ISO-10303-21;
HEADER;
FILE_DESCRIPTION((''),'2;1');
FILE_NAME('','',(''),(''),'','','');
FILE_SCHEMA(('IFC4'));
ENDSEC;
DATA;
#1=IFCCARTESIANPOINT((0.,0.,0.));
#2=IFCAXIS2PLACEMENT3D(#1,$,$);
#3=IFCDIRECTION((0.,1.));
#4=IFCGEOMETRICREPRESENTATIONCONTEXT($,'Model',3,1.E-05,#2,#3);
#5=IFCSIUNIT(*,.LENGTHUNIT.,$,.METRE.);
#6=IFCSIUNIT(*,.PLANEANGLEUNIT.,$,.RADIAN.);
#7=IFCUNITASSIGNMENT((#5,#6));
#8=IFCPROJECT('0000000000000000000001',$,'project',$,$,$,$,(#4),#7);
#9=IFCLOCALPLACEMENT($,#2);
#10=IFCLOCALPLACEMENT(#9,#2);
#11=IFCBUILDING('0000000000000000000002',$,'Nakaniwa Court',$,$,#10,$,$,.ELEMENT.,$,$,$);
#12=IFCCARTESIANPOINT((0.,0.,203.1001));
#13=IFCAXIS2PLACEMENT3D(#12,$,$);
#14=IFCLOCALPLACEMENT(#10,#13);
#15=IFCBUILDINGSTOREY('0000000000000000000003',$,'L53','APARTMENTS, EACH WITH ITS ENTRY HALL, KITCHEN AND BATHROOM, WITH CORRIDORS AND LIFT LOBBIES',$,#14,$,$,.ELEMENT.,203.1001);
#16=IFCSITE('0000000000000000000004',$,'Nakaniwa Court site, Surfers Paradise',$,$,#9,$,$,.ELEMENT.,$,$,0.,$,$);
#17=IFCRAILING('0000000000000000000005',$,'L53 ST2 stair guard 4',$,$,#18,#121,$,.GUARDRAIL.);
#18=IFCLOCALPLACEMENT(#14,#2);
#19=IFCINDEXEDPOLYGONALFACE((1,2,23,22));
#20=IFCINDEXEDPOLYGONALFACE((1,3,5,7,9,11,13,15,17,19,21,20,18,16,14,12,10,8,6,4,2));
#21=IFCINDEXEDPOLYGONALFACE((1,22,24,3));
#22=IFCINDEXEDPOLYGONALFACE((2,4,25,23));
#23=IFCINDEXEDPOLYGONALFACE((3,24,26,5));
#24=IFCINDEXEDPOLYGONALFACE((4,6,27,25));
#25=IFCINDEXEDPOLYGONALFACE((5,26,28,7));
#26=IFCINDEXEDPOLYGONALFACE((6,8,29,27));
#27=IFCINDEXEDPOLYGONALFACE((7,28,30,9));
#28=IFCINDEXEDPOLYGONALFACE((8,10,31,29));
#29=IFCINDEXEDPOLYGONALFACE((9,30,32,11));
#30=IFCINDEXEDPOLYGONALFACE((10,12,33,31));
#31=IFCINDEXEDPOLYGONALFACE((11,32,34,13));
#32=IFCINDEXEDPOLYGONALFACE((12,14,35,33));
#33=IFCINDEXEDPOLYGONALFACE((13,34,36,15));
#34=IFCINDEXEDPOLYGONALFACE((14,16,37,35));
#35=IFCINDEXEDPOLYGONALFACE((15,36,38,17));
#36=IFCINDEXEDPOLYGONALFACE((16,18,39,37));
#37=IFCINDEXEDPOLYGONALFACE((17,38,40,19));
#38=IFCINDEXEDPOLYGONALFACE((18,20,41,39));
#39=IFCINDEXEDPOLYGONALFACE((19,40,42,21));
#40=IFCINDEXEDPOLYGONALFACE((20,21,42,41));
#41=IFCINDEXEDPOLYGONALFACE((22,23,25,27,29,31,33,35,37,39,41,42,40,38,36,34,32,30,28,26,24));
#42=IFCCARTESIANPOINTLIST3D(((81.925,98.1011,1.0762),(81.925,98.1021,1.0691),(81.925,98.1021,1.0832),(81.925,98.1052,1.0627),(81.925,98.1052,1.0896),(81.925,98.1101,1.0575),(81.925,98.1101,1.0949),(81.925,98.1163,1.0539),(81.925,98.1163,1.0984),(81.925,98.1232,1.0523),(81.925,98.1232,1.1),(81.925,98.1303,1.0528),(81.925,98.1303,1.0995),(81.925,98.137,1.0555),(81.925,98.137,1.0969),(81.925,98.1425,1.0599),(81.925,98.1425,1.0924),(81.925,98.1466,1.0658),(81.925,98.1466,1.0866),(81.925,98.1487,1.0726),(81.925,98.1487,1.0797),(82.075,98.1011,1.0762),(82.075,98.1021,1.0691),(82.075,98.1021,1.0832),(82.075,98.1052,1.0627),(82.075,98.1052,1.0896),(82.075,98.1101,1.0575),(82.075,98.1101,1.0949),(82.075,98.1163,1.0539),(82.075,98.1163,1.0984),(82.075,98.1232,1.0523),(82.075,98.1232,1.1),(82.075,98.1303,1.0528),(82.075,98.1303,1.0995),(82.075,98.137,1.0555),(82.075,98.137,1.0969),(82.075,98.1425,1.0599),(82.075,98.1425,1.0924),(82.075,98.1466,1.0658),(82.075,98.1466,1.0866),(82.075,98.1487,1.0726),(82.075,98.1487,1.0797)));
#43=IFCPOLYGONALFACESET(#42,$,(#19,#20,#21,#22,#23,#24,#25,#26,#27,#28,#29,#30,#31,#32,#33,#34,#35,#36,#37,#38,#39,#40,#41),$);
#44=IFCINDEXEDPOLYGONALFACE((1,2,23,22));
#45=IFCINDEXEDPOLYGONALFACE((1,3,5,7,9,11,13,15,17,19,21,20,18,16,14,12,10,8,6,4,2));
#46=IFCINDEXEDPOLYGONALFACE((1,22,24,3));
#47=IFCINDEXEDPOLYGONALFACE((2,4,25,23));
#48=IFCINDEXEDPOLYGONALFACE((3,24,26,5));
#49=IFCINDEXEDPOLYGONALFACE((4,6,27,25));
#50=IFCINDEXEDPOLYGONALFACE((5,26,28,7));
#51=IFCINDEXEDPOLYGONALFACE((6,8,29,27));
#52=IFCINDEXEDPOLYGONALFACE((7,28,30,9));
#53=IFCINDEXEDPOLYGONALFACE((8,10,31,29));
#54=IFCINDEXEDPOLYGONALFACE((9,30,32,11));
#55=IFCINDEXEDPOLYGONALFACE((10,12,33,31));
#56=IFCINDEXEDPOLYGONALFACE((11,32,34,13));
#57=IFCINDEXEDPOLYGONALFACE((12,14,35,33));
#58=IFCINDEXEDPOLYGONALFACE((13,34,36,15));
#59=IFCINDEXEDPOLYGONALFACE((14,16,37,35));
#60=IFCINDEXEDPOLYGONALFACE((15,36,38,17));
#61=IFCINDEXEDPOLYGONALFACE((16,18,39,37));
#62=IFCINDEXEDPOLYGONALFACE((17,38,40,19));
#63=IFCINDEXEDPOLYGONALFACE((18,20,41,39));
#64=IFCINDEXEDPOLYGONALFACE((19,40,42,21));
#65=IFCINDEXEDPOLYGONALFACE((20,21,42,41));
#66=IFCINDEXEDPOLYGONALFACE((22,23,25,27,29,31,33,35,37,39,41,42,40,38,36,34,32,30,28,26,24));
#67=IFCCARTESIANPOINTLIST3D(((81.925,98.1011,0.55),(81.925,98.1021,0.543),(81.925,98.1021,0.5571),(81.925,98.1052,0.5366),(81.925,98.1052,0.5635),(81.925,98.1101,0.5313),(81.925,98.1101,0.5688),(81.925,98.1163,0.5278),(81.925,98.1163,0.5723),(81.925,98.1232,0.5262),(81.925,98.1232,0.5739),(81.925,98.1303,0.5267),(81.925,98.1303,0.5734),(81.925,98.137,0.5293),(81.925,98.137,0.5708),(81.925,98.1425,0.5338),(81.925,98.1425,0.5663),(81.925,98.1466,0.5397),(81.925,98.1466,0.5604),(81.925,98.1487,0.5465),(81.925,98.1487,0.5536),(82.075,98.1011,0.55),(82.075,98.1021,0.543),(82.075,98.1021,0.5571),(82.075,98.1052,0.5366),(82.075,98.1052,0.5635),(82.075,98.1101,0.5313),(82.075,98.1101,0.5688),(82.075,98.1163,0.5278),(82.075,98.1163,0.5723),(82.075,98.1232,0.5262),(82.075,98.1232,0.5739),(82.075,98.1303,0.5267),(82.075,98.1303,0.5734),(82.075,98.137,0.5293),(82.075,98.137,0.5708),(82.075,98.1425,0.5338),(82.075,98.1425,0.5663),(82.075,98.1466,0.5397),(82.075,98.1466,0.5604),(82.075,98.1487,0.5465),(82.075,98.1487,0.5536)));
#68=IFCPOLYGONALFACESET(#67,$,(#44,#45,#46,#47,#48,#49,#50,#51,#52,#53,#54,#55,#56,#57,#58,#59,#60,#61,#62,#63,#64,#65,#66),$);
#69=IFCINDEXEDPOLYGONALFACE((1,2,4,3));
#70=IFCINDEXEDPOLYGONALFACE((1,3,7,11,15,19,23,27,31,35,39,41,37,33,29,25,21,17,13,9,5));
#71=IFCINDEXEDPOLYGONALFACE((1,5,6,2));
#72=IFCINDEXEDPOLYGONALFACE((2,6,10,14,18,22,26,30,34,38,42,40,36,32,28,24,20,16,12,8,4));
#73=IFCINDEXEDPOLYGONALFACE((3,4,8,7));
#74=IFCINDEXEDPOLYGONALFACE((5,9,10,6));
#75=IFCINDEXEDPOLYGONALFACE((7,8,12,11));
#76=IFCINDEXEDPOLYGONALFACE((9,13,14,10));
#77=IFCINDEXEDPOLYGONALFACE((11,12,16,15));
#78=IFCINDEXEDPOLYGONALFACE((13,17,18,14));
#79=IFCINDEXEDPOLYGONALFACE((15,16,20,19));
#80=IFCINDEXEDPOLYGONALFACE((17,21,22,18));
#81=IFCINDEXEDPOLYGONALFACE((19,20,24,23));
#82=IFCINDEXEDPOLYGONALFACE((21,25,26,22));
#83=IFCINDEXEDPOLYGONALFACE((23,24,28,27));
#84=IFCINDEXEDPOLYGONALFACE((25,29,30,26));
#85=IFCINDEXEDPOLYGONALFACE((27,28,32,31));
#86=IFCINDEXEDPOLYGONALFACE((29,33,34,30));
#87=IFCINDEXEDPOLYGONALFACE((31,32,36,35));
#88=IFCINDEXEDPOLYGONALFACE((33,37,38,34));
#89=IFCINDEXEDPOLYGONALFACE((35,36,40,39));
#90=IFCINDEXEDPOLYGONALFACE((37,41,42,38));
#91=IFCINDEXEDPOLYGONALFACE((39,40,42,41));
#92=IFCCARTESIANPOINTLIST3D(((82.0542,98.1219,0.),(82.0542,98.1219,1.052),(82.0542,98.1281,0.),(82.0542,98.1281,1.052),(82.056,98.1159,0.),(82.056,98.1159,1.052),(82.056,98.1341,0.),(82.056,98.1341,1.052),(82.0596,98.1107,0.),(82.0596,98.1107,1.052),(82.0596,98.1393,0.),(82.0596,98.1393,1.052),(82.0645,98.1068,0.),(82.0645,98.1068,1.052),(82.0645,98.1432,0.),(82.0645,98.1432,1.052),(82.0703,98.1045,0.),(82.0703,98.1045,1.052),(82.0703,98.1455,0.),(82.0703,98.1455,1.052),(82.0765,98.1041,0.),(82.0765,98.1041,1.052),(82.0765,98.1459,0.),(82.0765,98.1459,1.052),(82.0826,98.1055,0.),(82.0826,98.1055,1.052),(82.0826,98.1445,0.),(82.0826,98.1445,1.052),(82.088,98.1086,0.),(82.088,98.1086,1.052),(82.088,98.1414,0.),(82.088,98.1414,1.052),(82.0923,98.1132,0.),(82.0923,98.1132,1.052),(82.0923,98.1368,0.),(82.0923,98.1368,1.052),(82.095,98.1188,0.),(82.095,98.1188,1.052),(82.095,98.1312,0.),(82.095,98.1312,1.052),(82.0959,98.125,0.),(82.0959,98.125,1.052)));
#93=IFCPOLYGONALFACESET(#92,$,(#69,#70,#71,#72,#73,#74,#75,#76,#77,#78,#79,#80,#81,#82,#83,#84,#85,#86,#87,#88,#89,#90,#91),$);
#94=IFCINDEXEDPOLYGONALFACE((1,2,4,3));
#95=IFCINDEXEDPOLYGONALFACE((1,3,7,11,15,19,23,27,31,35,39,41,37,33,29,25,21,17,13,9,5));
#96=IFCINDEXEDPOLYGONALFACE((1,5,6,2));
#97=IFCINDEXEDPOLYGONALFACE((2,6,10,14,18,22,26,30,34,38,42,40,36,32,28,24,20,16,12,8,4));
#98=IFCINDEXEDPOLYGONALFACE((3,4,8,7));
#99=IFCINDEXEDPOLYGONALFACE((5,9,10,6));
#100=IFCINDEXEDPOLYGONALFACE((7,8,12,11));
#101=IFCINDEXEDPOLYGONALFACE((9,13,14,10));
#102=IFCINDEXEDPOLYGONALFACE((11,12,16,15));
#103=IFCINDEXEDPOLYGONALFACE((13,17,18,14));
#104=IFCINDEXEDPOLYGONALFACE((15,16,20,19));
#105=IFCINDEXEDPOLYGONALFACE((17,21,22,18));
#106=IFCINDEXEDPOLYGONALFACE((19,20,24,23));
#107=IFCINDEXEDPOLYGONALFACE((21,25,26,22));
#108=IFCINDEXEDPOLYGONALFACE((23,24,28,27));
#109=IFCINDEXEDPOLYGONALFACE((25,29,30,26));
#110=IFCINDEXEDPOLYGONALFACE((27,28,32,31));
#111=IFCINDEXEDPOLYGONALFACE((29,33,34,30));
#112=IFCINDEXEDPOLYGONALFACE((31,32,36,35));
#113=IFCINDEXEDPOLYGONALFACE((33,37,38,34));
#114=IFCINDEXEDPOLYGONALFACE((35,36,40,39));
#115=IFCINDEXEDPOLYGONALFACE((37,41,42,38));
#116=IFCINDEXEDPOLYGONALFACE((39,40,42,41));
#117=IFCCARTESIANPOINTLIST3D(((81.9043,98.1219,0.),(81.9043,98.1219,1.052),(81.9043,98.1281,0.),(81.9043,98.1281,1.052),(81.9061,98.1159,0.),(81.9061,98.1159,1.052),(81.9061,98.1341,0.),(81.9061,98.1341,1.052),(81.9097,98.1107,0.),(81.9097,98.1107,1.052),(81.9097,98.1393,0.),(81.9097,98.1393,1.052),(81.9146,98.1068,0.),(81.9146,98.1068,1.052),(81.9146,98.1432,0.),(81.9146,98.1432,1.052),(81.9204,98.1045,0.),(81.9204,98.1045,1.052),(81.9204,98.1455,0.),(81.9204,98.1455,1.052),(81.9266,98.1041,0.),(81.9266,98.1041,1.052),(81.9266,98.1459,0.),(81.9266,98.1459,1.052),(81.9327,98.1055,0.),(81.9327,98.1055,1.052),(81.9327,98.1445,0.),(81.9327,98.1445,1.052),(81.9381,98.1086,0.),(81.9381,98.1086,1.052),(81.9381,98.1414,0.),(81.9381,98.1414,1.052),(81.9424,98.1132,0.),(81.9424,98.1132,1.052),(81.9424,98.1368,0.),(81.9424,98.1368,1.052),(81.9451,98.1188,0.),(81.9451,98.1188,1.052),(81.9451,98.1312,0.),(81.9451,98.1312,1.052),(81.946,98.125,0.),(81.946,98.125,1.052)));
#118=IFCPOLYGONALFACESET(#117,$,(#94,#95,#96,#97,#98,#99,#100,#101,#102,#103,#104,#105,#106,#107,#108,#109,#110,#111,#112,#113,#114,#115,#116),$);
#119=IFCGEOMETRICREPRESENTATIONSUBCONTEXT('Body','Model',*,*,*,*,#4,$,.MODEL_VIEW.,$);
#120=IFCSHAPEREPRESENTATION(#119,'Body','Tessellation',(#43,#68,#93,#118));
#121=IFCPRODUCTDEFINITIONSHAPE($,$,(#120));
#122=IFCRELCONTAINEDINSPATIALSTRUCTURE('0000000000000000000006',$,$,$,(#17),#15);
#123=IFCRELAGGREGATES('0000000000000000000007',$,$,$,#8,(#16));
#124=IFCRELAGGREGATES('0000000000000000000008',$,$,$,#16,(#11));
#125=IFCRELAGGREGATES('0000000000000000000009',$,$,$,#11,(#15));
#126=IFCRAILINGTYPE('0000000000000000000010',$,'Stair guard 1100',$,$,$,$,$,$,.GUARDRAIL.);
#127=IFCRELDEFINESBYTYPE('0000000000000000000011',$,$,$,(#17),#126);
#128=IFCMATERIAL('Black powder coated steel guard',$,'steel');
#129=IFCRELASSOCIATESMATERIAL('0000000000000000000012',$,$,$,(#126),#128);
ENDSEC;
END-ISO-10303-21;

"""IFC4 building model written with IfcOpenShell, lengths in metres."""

from ifc_helpers import new_model, si_unit, direction, frame, origin, origin_2d, place, context, subcontext, project, spatial, circle, extrude, material, type_object, element, save


model = new_model("IFC4")

# Units and contexts
model_context = context("Model", 3, precision=1e-05, world=origin(), true_north=direction((0.0, 1.0)))
body_context = subcontext(model_context, "Body", "Model", "MODEL_VIEW")
ifc_project = project(units=[si_unit("LENGTHUNIT", "METRE"), si_unit("PLANEANGLEUNIT", "RADIAN")], contexts=[model_context])

# Site, building, storey
site_placement = place(None, origin())
site = spatial("IfcSite", under=ifc_project, at=site_placement, Name="Nakaniwa Court site, Surfers Paradise", CompositionType="ELEMENT", RefElevation=0.0)
building_placement = place(site_placement, origin())
building = spatial("IfcBuilding", under=site, at=building_placement, Name="Nakaniwa Court", CompositionType="ELEMENT")
storey_placement = place(building_placement, frame((0.0, 0.0, 203.1001)))
storey = spatial("IfcBuildingStorey", under=building, at=storey_placement, Name="L53", Description="APARTMENTS, EACH WITH ITS ENTRY HALL, KITCHEN AND BATHROOM, WITH CORRIDORS AND LIFT LOBBIES", CompositionType="ELEMENT", Elevation=203.1001)

# Railing
ifc_material_1 = material(Name="Black powder coated steel guard", Category="steel")
railing_type_1 = type_object("IfcRailingType", Name="Stair guard 1100", PredefinedType="GUARDRAIL", material=ifc_material_1)
railing_1_placement = place(storey_placement, frame((82.075, 98.125, 0.0)))
element("IfcRailing", 1, at=railing_1_placement, inside=storey, type_object=railing_type_1, Name="L53 ST2 stair guard 4", PredefinedType="GUARDRAIL", context=body_context, shape_type="SweptSolid", body=[
    extrude(circle(Radius=0.0239, at=origin_2d()), frame((0.0, 0.0, 1.0762), z_axis=(-1.0, 0.0, 0.0), x_axis=(0.0, -1.0, 0.0)), (0.0, 0.0, 1.0), 0.1499),
    extrude(circle(Radius=0.0239, at=origin_2d()), frame((0.0, 0.0, 0.55), z_axis=(-1.0, 0.0, 0.0), x_axis=(0.0, -1.0, 0.0)), (0.0, 0.0, 1.0), 0.1499),
    extrude(circle(Radius=0.021, at=origin_2d()), origin(), (0.0, 0.0, 1.0), 1.052),
    extrude(circle(Radius=0.021, at=origin_2d()), frame((-0.1499, 0.0, 0.0)), (0.0, 0.0, 1.0), 1.052),
])

save(model, "model.ifc")
